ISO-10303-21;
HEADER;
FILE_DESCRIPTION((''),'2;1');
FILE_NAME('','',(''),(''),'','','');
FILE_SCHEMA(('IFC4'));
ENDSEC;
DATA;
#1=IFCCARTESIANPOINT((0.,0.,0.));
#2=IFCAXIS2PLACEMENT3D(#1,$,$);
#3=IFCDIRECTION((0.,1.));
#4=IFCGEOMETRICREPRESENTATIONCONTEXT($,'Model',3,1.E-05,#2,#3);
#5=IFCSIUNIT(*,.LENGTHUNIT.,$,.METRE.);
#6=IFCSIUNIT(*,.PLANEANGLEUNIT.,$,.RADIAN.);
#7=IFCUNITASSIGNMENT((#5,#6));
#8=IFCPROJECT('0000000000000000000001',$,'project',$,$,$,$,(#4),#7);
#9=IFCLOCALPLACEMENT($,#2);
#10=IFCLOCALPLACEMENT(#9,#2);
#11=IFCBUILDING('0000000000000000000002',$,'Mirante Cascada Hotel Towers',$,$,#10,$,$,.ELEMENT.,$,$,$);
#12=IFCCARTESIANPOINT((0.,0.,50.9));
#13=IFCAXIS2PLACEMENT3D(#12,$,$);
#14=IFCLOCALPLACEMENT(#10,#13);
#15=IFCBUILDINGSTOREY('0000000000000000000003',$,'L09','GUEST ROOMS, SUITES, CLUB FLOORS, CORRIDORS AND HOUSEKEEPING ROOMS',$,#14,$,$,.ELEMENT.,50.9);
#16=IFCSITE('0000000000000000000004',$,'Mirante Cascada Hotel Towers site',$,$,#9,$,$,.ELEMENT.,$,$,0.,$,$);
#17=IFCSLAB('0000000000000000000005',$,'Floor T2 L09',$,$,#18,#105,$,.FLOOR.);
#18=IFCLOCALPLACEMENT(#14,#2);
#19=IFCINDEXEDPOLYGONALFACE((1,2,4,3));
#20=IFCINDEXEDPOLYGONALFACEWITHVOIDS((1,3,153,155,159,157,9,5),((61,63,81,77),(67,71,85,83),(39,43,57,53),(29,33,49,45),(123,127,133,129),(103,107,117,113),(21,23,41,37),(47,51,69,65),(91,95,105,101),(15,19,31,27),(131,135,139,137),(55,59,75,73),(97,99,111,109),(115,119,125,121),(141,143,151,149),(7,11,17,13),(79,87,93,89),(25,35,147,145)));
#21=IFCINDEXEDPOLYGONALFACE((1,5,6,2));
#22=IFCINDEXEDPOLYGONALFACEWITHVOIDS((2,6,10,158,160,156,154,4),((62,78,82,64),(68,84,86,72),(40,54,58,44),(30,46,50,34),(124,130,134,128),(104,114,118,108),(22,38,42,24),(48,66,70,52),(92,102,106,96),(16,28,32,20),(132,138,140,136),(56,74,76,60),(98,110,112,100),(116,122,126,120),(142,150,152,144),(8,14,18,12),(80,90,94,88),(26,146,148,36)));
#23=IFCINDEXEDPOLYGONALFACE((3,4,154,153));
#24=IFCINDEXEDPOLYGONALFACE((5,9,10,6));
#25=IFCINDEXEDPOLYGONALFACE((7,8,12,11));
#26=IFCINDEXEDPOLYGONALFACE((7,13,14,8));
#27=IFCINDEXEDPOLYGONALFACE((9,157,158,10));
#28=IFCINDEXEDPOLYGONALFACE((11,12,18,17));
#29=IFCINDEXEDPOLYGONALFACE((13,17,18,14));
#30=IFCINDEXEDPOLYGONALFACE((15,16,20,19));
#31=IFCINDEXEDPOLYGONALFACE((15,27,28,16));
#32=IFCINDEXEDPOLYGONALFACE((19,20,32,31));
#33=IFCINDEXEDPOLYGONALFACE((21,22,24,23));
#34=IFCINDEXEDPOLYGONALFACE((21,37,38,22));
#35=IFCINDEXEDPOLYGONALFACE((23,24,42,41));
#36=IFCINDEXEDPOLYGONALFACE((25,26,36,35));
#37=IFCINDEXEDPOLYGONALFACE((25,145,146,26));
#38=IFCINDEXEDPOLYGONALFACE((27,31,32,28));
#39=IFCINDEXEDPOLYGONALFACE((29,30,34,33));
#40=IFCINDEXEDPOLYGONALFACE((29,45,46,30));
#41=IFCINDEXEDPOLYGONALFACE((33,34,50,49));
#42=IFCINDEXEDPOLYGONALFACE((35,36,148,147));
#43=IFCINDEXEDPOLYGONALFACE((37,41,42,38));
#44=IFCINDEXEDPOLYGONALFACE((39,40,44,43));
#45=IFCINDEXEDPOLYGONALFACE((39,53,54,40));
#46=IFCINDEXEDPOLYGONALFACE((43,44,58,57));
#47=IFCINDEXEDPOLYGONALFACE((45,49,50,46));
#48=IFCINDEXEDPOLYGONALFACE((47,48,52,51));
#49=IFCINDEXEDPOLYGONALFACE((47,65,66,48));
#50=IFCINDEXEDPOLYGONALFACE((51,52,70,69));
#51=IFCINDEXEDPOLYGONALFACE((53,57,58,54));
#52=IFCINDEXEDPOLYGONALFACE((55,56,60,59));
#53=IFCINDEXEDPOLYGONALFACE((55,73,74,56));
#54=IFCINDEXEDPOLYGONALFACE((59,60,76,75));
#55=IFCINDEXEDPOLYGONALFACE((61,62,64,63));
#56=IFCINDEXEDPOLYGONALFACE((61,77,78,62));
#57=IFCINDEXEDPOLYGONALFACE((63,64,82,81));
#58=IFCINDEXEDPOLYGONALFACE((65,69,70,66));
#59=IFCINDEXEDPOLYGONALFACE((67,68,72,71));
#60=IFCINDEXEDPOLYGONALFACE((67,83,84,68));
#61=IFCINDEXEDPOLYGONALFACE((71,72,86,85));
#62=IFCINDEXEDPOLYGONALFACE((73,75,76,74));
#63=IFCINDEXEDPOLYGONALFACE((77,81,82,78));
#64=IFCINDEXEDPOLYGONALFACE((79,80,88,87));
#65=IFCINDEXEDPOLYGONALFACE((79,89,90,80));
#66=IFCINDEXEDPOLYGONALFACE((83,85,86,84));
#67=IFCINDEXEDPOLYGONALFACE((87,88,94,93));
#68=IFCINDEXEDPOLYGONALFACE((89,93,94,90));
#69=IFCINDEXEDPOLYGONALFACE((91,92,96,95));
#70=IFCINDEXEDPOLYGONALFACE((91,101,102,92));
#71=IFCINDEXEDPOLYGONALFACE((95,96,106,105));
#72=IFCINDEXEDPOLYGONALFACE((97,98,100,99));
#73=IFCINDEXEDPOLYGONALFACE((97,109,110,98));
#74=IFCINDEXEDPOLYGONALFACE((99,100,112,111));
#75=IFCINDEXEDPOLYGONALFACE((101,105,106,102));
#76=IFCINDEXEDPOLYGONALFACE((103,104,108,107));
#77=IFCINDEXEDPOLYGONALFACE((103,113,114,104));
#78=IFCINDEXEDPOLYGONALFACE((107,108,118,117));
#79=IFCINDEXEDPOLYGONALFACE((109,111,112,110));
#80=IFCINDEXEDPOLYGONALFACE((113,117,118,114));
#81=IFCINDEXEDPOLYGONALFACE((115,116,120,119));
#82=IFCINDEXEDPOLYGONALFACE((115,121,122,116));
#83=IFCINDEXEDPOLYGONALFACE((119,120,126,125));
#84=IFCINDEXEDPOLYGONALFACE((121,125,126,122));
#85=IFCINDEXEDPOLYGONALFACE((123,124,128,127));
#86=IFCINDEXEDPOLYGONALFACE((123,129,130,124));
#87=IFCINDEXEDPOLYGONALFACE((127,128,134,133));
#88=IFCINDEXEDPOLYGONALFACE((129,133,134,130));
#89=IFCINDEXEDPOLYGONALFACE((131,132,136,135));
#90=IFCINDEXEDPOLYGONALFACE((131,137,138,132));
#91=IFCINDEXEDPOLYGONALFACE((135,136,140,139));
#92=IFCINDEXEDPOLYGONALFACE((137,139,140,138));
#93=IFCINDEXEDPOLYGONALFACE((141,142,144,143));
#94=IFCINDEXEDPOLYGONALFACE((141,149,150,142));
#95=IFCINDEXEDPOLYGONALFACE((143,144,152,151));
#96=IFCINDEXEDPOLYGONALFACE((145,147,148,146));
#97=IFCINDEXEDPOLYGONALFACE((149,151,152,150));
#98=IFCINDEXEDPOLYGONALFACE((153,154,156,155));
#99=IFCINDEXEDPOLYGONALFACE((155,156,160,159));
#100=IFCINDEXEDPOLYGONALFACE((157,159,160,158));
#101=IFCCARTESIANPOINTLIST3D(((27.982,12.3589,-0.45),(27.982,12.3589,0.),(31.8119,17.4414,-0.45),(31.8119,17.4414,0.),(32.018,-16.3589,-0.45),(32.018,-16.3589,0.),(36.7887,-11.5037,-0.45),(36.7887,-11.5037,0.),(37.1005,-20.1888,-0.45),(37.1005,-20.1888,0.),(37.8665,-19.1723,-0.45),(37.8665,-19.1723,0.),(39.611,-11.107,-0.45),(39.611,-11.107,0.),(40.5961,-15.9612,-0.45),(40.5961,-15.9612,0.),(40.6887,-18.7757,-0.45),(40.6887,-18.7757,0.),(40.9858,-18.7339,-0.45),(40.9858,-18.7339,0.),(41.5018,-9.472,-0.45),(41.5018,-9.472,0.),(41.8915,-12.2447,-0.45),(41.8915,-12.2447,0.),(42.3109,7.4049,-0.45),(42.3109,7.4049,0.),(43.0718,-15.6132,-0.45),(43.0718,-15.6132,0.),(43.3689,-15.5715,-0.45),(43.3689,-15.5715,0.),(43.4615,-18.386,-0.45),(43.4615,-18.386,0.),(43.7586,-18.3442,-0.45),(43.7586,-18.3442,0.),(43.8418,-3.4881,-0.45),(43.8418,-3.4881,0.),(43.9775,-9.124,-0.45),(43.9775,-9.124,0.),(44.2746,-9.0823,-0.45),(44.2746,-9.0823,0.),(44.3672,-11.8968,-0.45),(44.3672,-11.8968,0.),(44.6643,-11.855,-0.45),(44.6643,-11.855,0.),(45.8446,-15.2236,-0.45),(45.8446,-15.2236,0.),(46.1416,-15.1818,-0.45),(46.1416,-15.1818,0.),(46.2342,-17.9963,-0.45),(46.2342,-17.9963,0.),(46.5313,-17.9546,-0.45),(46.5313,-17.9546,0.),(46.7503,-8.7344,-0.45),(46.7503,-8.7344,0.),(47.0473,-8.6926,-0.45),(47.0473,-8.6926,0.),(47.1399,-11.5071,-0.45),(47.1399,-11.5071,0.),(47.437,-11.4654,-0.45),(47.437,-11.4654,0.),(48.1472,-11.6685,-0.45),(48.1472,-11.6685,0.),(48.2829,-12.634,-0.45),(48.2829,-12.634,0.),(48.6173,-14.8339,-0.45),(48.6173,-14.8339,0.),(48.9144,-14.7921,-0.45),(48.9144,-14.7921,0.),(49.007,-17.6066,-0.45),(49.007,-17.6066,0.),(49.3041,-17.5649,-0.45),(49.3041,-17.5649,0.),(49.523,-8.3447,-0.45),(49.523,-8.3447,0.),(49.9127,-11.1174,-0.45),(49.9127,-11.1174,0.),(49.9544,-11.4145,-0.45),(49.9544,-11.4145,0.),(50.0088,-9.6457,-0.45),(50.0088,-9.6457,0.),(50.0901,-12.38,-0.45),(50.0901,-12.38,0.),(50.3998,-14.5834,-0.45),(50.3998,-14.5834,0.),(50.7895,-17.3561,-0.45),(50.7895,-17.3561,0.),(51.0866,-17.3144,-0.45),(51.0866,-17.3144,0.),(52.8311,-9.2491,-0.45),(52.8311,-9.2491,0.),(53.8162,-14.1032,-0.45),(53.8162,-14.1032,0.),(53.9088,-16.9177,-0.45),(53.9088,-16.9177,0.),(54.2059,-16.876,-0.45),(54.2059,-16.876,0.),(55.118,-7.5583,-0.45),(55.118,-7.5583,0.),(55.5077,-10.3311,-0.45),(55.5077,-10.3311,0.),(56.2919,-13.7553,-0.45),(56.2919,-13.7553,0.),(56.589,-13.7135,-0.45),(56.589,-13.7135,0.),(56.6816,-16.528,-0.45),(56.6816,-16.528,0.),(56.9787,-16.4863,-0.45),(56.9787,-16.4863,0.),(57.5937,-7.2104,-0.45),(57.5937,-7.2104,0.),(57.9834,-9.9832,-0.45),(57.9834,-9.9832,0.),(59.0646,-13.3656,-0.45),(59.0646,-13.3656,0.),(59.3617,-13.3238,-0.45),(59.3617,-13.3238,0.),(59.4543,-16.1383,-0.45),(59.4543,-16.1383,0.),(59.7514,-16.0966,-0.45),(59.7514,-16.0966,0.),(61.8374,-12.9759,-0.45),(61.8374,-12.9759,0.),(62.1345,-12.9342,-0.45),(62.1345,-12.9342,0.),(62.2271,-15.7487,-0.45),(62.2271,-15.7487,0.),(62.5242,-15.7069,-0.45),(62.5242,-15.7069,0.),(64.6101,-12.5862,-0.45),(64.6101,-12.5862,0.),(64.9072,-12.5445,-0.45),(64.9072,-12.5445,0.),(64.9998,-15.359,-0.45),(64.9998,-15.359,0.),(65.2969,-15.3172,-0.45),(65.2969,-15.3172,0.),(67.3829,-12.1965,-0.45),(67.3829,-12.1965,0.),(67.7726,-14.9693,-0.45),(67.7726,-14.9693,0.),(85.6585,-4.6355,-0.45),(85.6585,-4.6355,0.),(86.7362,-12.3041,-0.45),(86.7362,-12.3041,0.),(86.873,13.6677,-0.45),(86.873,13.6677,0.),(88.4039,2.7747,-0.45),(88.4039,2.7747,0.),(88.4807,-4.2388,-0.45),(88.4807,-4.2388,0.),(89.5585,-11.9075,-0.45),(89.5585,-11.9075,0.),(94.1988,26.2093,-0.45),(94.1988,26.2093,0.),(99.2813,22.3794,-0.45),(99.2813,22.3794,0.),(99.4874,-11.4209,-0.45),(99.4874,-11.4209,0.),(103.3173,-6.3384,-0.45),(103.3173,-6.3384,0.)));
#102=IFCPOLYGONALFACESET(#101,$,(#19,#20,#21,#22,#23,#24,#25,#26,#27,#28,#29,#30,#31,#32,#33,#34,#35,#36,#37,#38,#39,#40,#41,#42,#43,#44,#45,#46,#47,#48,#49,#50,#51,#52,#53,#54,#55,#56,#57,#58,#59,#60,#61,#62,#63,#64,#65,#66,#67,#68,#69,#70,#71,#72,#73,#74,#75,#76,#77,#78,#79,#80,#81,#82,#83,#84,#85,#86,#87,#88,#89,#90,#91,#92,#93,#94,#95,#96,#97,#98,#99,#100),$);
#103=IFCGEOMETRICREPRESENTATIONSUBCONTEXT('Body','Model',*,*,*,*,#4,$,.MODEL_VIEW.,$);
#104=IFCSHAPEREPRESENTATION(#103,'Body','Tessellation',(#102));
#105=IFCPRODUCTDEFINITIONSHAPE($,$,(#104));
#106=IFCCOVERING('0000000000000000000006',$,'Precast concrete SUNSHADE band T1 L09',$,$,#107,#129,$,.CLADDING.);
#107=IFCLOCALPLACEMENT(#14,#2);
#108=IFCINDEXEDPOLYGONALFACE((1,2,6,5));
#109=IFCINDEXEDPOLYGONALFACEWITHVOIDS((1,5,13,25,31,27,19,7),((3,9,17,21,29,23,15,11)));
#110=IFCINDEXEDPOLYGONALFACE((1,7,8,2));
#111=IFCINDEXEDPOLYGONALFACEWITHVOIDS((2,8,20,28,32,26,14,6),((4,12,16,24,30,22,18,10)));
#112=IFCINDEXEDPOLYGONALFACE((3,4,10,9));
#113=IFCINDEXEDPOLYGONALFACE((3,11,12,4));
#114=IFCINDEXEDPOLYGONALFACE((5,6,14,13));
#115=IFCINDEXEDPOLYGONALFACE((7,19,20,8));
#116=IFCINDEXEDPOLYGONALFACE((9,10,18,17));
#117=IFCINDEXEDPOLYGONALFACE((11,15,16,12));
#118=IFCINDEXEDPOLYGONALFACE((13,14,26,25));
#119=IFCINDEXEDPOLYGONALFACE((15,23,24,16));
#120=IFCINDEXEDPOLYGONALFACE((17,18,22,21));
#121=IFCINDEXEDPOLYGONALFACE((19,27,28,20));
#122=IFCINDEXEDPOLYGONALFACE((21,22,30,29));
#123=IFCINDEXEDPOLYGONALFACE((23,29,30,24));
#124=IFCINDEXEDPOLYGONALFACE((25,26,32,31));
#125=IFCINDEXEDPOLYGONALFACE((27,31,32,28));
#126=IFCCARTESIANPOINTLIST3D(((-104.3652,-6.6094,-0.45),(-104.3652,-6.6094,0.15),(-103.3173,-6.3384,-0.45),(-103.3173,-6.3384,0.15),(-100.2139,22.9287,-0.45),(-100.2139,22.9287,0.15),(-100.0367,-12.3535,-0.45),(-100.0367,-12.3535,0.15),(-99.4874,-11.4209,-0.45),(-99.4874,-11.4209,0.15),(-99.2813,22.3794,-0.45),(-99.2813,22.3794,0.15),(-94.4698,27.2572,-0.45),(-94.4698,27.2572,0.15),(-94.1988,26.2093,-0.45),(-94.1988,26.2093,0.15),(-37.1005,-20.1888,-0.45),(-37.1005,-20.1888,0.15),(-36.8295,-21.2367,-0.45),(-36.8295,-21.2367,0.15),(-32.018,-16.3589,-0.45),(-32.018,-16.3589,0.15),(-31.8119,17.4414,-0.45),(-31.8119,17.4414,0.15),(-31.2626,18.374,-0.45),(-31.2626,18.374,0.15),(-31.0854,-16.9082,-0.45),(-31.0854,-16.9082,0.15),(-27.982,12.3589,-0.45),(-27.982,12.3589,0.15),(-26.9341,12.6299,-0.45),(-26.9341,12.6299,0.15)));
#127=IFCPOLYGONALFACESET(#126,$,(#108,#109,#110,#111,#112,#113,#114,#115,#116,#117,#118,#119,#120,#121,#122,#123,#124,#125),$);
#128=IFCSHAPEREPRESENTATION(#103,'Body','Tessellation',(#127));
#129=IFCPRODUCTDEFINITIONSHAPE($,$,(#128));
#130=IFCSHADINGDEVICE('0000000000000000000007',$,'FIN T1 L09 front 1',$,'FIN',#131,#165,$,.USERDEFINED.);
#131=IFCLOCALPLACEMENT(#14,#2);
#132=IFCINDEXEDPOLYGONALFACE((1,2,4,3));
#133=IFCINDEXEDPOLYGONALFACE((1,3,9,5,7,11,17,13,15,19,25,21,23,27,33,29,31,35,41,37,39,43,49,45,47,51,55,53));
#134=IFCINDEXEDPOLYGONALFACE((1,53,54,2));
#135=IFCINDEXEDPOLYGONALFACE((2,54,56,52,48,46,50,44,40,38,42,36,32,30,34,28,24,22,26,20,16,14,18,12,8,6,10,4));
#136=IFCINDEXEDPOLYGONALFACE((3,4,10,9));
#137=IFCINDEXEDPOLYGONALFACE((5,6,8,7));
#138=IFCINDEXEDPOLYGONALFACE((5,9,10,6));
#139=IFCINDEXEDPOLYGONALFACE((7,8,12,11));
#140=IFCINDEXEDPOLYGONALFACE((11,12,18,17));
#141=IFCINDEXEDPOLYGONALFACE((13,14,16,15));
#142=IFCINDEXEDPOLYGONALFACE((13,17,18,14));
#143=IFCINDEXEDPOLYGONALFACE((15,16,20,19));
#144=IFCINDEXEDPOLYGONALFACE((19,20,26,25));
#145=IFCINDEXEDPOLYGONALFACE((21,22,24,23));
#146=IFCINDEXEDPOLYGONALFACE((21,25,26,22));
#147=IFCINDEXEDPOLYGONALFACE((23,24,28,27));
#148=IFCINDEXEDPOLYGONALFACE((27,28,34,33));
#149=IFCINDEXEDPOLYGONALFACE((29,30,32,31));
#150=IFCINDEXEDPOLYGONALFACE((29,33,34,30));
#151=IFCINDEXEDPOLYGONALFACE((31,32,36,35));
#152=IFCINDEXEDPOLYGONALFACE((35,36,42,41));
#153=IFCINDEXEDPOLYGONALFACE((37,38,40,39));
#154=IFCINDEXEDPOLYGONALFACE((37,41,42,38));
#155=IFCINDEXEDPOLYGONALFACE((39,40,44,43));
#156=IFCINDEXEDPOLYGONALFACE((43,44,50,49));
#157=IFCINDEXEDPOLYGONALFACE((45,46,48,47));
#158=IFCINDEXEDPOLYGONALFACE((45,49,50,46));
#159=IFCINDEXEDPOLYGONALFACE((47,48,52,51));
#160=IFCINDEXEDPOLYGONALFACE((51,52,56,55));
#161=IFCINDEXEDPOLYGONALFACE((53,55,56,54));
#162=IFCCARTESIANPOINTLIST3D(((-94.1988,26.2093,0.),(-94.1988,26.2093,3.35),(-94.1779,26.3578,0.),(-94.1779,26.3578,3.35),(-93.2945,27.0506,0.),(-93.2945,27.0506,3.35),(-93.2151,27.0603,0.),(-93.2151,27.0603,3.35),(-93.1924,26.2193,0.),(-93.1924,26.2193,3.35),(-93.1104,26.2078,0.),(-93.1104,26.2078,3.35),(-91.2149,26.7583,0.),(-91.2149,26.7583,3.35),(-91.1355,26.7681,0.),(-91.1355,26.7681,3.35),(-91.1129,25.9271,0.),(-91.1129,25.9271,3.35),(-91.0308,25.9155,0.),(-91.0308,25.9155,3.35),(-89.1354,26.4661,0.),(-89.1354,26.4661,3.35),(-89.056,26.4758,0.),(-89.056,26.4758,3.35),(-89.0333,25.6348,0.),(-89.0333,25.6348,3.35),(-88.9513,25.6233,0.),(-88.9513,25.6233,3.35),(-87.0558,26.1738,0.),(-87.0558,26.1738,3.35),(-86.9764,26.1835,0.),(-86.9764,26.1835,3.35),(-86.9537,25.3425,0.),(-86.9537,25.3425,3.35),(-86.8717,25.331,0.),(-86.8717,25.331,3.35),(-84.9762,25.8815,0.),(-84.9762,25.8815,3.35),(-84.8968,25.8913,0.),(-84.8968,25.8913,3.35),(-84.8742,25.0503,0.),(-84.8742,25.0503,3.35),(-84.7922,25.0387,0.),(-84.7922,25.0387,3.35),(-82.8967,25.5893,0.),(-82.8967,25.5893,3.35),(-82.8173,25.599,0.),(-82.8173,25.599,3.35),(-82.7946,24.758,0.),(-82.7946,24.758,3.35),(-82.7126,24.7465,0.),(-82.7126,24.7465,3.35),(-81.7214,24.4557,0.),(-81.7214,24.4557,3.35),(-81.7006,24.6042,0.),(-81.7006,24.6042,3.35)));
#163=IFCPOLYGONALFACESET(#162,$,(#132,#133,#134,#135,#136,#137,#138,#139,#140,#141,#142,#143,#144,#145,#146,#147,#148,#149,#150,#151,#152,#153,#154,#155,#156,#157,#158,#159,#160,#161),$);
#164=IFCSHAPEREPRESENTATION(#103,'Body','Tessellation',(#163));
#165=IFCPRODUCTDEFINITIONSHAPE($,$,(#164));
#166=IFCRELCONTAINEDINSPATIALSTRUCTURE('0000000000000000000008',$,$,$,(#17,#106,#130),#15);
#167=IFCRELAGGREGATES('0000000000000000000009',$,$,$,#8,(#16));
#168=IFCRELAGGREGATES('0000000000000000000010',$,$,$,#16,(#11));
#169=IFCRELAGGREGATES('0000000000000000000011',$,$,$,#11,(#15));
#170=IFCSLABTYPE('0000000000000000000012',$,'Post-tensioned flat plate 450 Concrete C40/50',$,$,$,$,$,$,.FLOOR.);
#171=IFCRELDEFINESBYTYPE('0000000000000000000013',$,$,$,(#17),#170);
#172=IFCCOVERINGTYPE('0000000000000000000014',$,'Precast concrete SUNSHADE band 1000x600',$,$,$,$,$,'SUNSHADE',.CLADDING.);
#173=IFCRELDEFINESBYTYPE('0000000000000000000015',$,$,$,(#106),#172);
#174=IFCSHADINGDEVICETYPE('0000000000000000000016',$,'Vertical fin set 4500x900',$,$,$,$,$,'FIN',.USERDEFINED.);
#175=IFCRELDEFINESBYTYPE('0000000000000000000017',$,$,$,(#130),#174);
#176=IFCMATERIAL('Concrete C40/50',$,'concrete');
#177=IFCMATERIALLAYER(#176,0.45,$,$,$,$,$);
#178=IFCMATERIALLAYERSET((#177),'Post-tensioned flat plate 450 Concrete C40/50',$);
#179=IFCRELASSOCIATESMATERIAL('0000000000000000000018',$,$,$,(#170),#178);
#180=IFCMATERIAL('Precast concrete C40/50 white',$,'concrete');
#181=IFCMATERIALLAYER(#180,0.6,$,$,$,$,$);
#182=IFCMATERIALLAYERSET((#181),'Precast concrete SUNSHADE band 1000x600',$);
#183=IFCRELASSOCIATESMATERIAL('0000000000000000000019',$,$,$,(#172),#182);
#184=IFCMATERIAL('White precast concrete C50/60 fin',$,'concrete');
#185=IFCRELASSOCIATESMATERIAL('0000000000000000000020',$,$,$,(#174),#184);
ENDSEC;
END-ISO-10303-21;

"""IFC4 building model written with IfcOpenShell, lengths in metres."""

from ifc_helpers import new_model, si_unit, direction, frame, origin, place, context, subcontext, project, spatial, polyline, outline, extrude, material, layer, layer_set, type_object, element, save


model = new_model("IFC4")

# Units and contexts
model_context = context("Model", 3, precision=1e-05, world=origin(), true_north=direction((0.0, 1.0)))
body_context = subcontext(model_context, "Body", "Model", "MODEL_VIEW")
ifc_project = project(units=[si_unit("LENGTHUNIT", "METRE"), si_unit("PLANEANGLEUNIT", "RADIAN")], contexts=[model_context])

# Site, building, storey
site_placement = place(None, origin())
site = spatial("IfcSite", under=ifc_project, at=site_placement, Name="Mirante Cascada Hotel Towers site", CompositionType="ELEMENT", RefElevation=0.0)
building_placement = place(site_placement, origin())
building = spatial("IfcBuilding", under=site, at=building_placement, Name="Mirante Cascada Hotel Towers", CompositionType="ELEMENT")
storey_placement = place(building_placement, frame((0.0, 0.0, 50.9)))
storey = spatial("IfcBuildingStorey", under=building, at=storey_placement, Name="L09", Description="GUEST ROOMS, SUITES, CLUB FLOORS, CORRIDORS AND HOUSEKEEPING ROOMS", CompositionType="ELEMENT", Elevation=50.9)

# Slab
ifc_material_1 = material(Name="Concrete C40/50", Category="concrete")
ifc_layer_1 = layer(ifc_material_1, 0.45)
ifc_layer_set_1 = layer_set([ifc_layer_1], Name="Post-tensioned flat plate 450 Concrete C40/50")
slab_type = type_object("IfcSlabType", Name="Post-tensioned flat plate 450 Concrete C40/50", PredefinedType="FLOOR", material=ifc_layer_set_1)
slab_1_placement = place(storey_placement, frame((0.0, 0.0, -0.45)))
element("IfcSlab", 1, at=slab_1_placement, inside=storey, type_object=slab_type, Name="Floor T2 L09", PredefinedType="FLOOR", context=body_context, shape_type="SweptSolid", body=[
    extrude(outline(polyline([(32.018, -16.3589), (27.982, 12.3589), (31.8119, 17.4414), (94.1988, 26.2093), (99.2813, 22.3794), (103.3173, -6.3384), (99.4874, -11.4209), (37.1005, -20.1888), (32.018, -16.3589)]), holes=[polyline([(43.0718, -15.6132), (40.5961, -15.9612), (40.9858, -18.7339), (43.4615, -18.386), (43.0718, -15.6132)]), polyline([(45.8446, -15.2236), (43.3689, -15.5715), (43.7586, -18.3442), (46.2342, -17.9963), (45.8446, -15.2236)]), polyline([(48.6173, -14.8339), (46.1416, -15.1818), (46.5313, -17.9546), (49.007, -17.6066), (48.6173, -14.8339)]), polyline([(50.3998, -14.5834), (48.9144, -14.7921), (49.3041, -17.5649), (50.7895, -17.3561), (50.3998, -14.5834)]), polyline([(37.8665, -19.1723), (40.6887, -18.7757), (39.611, -11.107), (36.7887, -11.5037), (37.8665, -19.1723)]), polyline([(49.9544, -11.4145), (48.1472, -11.6685), (48.2829, -12.634), (50.0901, -12.38), (49.9544, -11.4145)]), polyline([(43.9775, -9.124), (41.5018, -9.472), (41.8915, -12.2447), (44.3672, -11.8968), (43.9775, -9.124)]), polyline([(47.1399, -11.5071), (46.7503, -8.7344), (44.2746, -9.0823), (44.6643, -11.855), (47.1399, -11.5071)]), polyline([(49.9127, -11.1174), (49.523, -8.3447), (47.0473, -8.6926), (47.437, -11.4654), (49.9127, -11.1174)]), polyline([(56.2919, -13.7553), (53.8162, -14.1032), (54.2059, -16.876), (56.6816, -16.528), (56.2919, -13.7553)]), polyline([(59.0646, -13.3656), (56.589, -13.7135), (56.9787, -16.4863), (59.4543, -16.1383), (59.0646, -13.3656)]), polyline([(61.8374, -12.9759), (59.3617, -13.3238), (59.7514, -16.0966), (62.2271, -15.7487), (61.8374, -12.9759)]), polyline([(64.6101, -12.5862), (62.1345, -12.9342), (62.5242, -15.7069), (64.9998, -15.359), (64.6101, -12.5862)]), polyline([(67.3829, -12.1965), (64.9072, -12.5445), (65.2969, -15.3172), (67.7726, -14.9693), (67.3829, -12.1965)]), polyline([(51.0866, -17.3144), (53.9088, -16.9177), (52.8311, -9.2491), (50.0088, -9.6457), (51.0866, -17.3144)]), polyline([(86.7362, -12.3041), (89.5585, -11.9075), (88.4807, -4.2388), (85.6585, -4.6355), (86.7362, -12.3041)]), polyline([(57.9834, -9.9832), (57.5937, -7.2104), (55.118, -7.5583), (55.5077, -10.3311), (57.9834, -9.9832)]), polyline([(88.4039, 2.7747), (86.873, 13.6677), (42.3109, 7.4049), (43.8418, -3.4881), (88.4039, 2.7747)])]), origin(), (0.0, 0.0, 1.0), 0.45),
])

# Covering
ifc_material_2 = material(Name="Precast concrete C40/50 white", Category="concrete")
ifc_layer_2 = layer(ifc_material_2, 0.6)
ifc_layer_set_2 = layer_set([ifc_layer_2], Name="Precast concrete SUNSHADE band 1000x600")
covering_type = type_object("IfcCoveringType", Name="Precast concrete SUNSHADE band 1000x600", ElementType="SUNSHADE", PredefinedType="CLADDING", material=ifc_layer_set_2)
covering_placement = place(storey_placement, frame((0.0, 0.0, -0.45)))
element("IfcCovering", 2, at=covering_placement, inside=storey, type_object=covering_type, Name="Precast concrete SUNSHADE band T1 L09", PredefinedType="CLADDING", context=body_context, shape_type="SweptSolid", body=[
    extrude(outline(polyline([(-104.3652, -6.6094), (-100.2139, 22.9287), (-94.4698, 27.2572), (-31.2626, 18.374), (-26.9341, 12.6299), (-31.0854, -16.9082), (-36.8295, -21.2367), (-100.0367, -12.3535), (-104.3652, -6.6094)]), holes=[polyline([(-27.982, 12.3589), (-31.8119, 17.4414), (-94.1988, 26.2093), (-99.2813, 22.3794), (-103.3173, -6.3384), (-99.4874, -11.4209), (-37.1005, -20.1888), (-32.018, -16.3589), (-27.982, 12.3589)])]), origin(), (0.0, 0.0, 1.0), 0.6),
])

# Shading device
ifc_material_3 = material(Name="White precast concrete C50/60 fin", Category="concrete")
shading_device_type = type_object("IfcShadingDeviceType", Name="Vertical fin set 4500x900", ElementType="FIN", PredefinedType="USERDEFINED", material=ifc_material_3)
shading_device_1_placement = place(storey_placement, origin())
element("IfcShadingDevice", 3, at=shading_device_1_placement, inside=storey, type_object=shading_device_type, Name="FIN T1 L09 front 1", ObjectType="FIN", PredefinedType="USERDEFINED", context=body_context, shape_type="SweptSolid", body=[
    extrude(outline(polyline([(-82.8173, 25.599), (-82.7126, 24.7465), (-81.7006, 24.6042), (-81.7214, 24.4557), (-94.1988, 26.2093), (-94.1779, 26.3578), (-93.1924, 26.2193), (-93.2945, 27.0506), (-93.2151, 27.0603), (-93.1104, 26.2078), (-91.1129, 25.9271), (-91.2149, 26.7583), (-91.1355, 26.7681), (-91.0308, 25.9155), (-89.0333, 25.6348), (-89.1354, 26.4661), (-89.056, 26.4758), (-88.9513, 25.6233), (-86.9537, 25.3425), (-87.0558, 26.1738), (-86.9764, 26.1835), (-86.8717, 25.331), (-84.8742, 25.0503), (-84.9762, 25.8815), (-84.8968, 25.8913), (-84.7922, 25.0387), (-82.7946, 24.758), (-82.8967, 25.5893), (-82.8173, 25.599)])), origin(), (0.0, 0.0, 1.0), 3.35),
])

save(model, "model.ifc")
